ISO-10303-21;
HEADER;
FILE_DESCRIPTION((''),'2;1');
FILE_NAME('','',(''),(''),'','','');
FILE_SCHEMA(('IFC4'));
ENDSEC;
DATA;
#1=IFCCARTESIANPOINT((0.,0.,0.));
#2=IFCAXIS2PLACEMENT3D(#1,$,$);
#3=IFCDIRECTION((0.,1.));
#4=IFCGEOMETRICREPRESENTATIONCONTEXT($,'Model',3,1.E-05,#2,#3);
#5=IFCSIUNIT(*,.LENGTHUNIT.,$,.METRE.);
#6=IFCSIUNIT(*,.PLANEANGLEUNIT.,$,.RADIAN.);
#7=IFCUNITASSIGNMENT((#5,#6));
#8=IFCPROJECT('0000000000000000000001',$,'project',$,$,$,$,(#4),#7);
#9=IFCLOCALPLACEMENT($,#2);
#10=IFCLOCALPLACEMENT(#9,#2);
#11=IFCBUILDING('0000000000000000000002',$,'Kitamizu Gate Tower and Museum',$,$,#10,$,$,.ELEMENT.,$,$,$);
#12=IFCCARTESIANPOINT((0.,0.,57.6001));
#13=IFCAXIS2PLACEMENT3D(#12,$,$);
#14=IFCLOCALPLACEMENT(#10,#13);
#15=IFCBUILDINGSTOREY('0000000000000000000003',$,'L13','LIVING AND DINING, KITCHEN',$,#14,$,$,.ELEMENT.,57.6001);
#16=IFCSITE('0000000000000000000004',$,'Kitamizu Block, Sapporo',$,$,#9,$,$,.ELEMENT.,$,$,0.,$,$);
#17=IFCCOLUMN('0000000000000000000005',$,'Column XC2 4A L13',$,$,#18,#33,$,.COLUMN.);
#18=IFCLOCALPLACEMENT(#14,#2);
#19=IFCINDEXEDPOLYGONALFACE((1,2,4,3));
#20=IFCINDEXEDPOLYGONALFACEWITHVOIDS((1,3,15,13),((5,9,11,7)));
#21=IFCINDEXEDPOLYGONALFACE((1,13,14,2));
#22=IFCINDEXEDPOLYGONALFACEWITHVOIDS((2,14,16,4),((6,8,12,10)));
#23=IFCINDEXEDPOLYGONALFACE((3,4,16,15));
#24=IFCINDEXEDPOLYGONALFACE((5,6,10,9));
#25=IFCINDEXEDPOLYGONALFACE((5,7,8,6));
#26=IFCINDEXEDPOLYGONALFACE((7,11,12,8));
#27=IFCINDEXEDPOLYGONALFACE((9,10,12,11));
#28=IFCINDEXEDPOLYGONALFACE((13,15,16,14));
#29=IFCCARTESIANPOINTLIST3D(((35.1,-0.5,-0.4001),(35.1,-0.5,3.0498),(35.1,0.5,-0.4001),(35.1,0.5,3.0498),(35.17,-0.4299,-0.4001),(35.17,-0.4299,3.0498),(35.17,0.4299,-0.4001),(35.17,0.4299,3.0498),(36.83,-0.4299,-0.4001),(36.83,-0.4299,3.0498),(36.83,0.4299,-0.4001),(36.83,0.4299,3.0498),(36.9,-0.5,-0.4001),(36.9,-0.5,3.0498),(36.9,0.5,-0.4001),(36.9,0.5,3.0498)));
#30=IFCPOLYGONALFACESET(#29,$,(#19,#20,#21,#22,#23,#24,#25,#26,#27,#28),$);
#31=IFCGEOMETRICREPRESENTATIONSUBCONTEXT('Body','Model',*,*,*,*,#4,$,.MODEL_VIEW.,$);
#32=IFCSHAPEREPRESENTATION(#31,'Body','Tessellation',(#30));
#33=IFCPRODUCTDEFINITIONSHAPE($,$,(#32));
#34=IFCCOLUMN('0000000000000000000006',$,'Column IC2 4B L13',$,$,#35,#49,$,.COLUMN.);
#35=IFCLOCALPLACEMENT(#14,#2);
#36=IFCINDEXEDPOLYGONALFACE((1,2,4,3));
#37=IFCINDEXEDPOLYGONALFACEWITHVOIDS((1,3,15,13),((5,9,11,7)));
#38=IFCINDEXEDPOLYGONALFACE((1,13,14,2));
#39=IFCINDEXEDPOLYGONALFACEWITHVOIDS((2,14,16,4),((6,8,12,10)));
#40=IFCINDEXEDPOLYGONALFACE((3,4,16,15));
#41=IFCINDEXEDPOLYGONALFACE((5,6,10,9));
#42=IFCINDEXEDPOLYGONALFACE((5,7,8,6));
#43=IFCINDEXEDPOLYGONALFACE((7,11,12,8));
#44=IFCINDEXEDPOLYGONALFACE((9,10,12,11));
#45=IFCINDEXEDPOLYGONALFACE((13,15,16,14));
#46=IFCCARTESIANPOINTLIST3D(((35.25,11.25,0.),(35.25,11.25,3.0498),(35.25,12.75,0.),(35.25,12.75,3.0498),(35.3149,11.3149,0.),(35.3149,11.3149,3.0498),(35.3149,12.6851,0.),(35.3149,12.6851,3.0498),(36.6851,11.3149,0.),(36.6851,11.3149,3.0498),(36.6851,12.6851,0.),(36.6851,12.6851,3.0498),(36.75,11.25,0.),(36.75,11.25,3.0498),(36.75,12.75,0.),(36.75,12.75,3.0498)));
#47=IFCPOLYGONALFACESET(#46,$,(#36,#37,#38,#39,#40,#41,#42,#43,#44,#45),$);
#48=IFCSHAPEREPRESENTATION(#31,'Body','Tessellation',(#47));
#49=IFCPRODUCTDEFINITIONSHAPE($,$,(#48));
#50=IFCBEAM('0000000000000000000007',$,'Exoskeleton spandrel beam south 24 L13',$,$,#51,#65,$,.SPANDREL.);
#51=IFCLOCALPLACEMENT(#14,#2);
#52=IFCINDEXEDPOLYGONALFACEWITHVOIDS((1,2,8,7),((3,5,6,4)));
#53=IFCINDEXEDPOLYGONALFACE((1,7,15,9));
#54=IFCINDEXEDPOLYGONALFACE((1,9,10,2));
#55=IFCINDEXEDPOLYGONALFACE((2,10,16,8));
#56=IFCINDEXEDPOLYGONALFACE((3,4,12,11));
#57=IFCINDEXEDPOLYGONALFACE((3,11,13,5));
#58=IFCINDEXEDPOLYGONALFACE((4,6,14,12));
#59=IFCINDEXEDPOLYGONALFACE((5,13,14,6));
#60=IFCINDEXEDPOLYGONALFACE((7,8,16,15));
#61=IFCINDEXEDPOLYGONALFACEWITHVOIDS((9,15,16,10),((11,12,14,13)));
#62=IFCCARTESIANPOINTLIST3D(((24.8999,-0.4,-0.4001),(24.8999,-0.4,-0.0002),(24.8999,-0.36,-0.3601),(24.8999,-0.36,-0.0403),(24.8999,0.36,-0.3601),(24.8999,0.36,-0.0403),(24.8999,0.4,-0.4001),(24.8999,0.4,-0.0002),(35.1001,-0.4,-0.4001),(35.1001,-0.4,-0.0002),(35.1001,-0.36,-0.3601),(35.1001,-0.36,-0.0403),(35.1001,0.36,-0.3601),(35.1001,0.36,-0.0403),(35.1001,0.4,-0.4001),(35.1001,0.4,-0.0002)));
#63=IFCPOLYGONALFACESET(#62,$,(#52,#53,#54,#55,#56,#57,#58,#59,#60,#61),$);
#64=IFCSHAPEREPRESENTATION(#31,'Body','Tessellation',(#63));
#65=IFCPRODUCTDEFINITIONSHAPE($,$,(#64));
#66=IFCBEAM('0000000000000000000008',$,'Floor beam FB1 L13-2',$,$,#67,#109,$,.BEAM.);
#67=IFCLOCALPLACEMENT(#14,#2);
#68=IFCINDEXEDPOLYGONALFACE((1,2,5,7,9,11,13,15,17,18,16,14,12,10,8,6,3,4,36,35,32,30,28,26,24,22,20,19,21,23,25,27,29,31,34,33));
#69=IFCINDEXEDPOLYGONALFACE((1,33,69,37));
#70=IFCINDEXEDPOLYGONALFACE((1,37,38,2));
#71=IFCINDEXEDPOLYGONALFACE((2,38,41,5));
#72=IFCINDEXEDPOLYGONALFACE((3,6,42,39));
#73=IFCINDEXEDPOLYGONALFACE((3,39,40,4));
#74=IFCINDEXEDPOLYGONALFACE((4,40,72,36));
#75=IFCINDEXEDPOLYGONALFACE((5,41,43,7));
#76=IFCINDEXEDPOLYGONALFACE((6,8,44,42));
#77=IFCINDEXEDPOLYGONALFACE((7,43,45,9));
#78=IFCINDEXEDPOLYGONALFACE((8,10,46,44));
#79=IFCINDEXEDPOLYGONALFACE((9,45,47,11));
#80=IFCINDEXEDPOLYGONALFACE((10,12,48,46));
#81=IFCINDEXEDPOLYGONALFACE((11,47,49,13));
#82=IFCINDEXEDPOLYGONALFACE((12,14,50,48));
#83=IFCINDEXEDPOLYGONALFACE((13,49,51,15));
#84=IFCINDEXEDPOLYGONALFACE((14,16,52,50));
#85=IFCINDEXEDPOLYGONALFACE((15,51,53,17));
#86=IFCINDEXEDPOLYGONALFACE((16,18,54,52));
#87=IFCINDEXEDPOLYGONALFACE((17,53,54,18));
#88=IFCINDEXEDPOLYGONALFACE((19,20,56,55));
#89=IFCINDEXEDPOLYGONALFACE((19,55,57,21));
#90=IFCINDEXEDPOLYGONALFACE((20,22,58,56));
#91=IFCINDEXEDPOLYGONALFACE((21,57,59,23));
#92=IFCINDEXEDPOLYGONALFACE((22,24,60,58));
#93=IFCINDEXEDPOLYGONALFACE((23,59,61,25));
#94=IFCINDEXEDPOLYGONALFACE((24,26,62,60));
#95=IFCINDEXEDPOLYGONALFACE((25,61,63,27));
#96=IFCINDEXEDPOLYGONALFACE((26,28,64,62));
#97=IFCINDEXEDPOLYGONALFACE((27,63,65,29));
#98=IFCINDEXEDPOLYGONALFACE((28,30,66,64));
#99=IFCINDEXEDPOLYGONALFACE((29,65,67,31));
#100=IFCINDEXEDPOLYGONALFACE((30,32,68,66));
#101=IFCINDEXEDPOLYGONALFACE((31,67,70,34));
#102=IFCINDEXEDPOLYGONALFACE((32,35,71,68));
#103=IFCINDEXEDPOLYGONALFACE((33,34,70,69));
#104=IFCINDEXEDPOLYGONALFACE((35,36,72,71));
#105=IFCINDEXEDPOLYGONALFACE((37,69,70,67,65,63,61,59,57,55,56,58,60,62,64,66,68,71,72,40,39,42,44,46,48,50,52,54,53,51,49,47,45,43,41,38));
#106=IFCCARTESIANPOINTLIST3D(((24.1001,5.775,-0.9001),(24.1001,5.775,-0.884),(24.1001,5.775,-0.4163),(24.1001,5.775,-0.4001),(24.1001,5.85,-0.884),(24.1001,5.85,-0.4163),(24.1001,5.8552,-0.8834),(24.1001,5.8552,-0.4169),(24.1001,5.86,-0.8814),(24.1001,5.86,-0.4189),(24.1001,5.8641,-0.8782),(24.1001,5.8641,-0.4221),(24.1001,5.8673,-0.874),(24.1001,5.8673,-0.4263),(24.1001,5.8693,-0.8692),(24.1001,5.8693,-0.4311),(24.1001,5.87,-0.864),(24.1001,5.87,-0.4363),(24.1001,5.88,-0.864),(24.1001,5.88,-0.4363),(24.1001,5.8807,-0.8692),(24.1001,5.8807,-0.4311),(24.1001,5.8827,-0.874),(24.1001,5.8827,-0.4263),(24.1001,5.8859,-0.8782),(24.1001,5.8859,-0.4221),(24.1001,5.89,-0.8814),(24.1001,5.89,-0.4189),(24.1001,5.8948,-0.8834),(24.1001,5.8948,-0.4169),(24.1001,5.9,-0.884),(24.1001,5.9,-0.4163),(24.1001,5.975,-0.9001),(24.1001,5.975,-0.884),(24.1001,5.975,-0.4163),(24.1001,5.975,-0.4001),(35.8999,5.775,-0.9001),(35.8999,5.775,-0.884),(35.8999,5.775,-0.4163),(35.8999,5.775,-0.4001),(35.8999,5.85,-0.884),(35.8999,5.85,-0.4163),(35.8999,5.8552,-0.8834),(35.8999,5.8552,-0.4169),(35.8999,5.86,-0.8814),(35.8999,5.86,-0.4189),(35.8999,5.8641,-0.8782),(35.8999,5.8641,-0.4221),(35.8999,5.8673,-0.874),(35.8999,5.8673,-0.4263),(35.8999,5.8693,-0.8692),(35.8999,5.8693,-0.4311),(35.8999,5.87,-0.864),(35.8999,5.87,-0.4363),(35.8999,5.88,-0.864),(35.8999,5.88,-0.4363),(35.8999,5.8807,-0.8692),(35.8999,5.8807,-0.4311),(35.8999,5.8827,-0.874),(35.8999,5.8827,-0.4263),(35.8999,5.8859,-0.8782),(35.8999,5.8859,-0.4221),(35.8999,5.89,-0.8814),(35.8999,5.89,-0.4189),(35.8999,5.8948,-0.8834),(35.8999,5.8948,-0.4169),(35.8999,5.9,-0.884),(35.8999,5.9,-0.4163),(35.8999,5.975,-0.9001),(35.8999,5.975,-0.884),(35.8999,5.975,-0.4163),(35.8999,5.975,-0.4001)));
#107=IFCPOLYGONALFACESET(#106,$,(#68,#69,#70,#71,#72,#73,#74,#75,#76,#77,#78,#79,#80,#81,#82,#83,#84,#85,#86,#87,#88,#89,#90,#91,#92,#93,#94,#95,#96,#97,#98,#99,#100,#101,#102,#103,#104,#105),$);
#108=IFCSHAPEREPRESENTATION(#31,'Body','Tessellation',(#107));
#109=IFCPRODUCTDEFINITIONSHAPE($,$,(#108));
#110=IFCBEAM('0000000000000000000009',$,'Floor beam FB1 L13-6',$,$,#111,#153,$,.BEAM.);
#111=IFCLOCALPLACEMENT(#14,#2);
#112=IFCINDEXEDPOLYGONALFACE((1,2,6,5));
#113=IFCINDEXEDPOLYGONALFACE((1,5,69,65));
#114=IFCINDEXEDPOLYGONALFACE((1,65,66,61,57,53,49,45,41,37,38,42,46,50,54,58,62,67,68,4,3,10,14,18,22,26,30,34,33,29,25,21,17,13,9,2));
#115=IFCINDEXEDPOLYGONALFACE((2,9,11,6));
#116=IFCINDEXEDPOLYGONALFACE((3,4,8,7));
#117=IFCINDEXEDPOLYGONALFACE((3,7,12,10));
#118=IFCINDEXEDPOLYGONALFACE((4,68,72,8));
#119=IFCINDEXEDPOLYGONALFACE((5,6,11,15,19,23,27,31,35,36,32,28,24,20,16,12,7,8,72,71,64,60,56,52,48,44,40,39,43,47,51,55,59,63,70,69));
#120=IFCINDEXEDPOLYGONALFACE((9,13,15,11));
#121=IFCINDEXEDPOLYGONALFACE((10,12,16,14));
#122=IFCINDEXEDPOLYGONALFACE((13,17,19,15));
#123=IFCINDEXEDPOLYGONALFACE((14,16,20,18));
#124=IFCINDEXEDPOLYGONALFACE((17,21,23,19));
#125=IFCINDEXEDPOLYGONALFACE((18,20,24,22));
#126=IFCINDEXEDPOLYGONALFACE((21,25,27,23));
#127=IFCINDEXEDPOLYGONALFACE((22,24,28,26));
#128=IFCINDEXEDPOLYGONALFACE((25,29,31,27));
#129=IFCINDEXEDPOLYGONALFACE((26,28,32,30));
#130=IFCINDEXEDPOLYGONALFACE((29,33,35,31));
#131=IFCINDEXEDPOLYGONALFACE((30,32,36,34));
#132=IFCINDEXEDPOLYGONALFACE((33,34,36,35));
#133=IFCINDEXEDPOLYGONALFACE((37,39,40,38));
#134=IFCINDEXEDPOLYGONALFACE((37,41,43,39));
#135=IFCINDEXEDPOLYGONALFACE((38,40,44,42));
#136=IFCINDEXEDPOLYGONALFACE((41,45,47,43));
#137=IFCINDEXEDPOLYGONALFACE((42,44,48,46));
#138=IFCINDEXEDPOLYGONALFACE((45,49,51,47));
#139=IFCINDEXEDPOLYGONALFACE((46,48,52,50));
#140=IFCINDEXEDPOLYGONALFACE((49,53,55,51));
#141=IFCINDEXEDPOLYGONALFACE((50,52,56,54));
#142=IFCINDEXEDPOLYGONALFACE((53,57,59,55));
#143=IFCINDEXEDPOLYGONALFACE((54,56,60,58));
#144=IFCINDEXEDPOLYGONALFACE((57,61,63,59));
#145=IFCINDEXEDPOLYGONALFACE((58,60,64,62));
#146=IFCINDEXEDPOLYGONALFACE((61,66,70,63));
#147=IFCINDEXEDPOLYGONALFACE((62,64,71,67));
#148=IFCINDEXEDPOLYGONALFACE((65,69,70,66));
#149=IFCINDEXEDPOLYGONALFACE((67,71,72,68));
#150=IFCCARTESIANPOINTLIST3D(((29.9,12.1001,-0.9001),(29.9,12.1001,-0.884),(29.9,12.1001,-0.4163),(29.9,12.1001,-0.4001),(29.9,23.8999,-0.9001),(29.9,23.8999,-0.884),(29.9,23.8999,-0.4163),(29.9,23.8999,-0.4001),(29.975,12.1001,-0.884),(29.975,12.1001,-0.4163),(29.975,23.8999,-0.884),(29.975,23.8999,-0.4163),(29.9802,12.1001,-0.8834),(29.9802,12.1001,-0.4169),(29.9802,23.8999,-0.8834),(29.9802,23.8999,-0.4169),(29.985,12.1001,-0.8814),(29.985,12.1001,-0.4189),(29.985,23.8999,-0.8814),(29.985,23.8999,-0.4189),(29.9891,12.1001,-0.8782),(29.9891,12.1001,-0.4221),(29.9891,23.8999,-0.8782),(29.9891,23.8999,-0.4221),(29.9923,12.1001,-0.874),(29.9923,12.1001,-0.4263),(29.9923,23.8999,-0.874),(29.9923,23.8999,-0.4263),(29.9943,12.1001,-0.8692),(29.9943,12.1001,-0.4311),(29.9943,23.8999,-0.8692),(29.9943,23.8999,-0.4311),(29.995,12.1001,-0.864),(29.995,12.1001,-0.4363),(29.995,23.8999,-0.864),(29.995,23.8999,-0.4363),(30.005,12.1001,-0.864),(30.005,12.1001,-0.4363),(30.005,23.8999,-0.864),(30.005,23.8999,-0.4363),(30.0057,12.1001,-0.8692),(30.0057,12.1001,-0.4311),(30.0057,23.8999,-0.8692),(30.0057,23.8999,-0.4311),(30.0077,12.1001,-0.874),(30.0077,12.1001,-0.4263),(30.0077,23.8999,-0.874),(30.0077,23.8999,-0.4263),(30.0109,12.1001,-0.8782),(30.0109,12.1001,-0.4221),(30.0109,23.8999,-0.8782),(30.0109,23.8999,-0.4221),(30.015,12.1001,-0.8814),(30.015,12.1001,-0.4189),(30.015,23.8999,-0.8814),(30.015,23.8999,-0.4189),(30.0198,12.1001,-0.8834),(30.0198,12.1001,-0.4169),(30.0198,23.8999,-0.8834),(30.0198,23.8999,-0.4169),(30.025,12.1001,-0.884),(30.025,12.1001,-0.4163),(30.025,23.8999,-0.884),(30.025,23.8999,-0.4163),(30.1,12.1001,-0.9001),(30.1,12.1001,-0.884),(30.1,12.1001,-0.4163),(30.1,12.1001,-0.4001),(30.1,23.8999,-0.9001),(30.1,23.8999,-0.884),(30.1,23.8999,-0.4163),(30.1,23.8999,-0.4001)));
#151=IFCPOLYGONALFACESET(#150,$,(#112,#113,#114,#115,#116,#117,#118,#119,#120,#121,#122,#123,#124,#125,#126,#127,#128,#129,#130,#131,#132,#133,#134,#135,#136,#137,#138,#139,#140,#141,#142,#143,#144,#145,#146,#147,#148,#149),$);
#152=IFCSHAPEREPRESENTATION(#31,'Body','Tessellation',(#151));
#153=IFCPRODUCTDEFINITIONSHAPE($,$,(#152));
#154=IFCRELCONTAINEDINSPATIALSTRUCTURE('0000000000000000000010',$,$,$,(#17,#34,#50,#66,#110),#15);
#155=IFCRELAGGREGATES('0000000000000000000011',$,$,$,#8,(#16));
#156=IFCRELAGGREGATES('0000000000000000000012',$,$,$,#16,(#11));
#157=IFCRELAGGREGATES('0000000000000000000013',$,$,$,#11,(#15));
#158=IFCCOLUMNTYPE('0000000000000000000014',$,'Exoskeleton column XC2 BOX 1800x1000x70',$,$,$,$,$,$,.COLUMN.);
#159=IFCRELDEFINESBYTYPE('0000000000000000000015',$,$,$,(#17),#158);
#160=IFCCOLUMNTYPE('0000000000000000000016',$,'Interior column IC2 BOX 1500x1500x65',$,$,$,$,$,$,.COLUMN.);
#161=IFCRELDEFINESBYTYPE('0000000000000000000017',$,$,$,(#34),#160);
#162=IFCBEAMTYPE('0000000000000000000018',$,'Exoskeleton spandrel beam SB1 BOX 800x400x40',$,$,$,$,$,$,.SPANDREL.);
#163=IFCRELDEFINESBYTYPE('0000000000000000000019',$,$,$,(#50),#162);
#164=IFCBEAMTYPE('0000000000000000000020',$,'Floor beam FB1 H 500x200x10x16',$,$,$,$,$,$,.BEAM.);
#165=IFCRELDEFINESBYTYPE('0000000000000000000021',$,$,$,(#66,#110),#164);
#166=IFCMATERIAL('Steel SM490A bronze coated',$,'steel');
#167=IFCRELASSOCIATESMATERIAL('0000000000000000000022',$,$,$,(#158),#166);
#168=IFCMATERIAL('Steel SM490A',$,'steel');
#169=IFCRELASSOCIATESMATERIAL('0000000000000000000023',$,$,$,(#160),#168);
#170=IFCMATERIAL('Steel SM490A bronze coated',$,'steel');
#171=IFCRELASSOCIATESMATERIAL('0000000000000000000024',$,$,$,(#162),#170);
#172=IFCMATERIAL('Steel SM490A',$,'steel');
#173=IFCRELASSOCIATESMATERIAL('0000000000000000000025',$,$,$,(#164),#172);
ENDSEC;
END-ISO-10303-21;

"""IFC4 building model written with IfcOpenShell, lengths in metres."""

from ifc_helpers import new_model, si_unit, direction, frame, origin, origin_2d, place, context, subcontext, project, spatial, hollow_rectangle, i_section, extrude, material, material_profile, profile_set, type_object, element, save


model = new_model("IFC4")

# Units and contexts
model_context = context("Model", 3, precision=1e-05, world=origin(), true_north=direction((0.0, 1.0)))
body_context = subcontext(model_context, "Body", "Model", "MODEL_VIEW")
ifc_project = project(units=[si_unit("LENGTHUNIT", "METRE"), si_unit("PLANEANGLEUNIT", "RADIAN")], contexts=[model_context])

# Site, building, storey
site_placement = place(None, origin())
site = spatial("IfcSite", under=ifc_project, at=site_placement, Name="Kitamizu Block, Sapporo", CompositionType="ELEMENT", RefElevation=0.0)
building_placement = place(site_placement, origin())
building = spatial("IfcBuilding", under=site, at=building_placement, Name="Kitamizu Gate Tower and Museum", CompositionType="ELEMENT")
storey_placement = place(building_placement, frame((0.0, 0.0, 57.6001)))
storey = spatial("IfcBuildingStorey", under=building, at=storey_placement, Name="L13", Description="LIVING AND DINING, KITCHEN", CompositionType="ELEMENT", Elevation=57.6001)

# Columns
ifc_material_1 = material(Name="Steel SM490A bronze coated", Category="steel")
ifc_material_profile_1 = material_profile(ifc_material_1, hollow_rectangle(XDim=1.8, YDim=1.0, WallThickness=0.0701, at=origin_2d()), Name="BOX 1800x1000x70")
ifc_profile_set_1 = profile_set([ifc_material_profile_1], Name="Steel SM490A bronze coated")
column_type_1 = type_object("IfcColumnType", Name="Exoskeleton column XC2 BOX 1800x1000x70", PredefinedType="COLUMN", material=ifc_profile_set_1)
column_1_placement = place(storey_placement, frame((36.0, 0.0, -0.4001), z_axis=(0.0, 0.0, 1.0), x_axis=(1.0, 0.0, 0.0)))
element("IfcColumn", 1, at=column_1_placement, inside=storey, type_object=column_type_1, Name="Column XC2 4A L13", PredefinedType="COLUMN", context=body_context, shape_type="SweptSolid", body=[
    extrude(hollow_rectangle(XDim=1.8, YDim=1.0, WallThickness=0.0701, at=origin_2d()), origin(), (0.0, 0.0, 1.0), 3.45),
])
ifc_material_2 = material(Name="Steel SM490A", Category="steel")
ifc_material_profile_2 = material_profile(ifc_material_2, hollow_rectangle(XDim=1.5, YDim=1.5, WallThickness=0.0649, at=origin_2d()), Name="BOX 1500x1500x65")
ifc_profile_set_2 = profile_set([ifc_material_profile_2], Name="Steel SM490A")
column_type_2 = type_object("IfcColumnType", Name="Interior column IC2 BOX 1500x1500x65", PredefinedType="COLUMN", material=ifc_profile_set_2)
column_2_placement = place(storey_placement, frame((36.0, 12.0, 0.0), z_axis=(0.0, 0.0, 1.0), x_axis=(1.0, 0.0, 0.0)))
element("IfcColumn", 2, at=column_2_placement, inside=storey, type_object=column_type_2, Name="Column IC2 4B L13", PredefinedType="COLUMN", context=body_context, shape_type="SweptSolid", body=[
    extrude(hollow_rectangle(XDim=1.5, YDim=1.5, WallThickness=0.0649, at=origin_2d()), origin(), (0.0, 0.0, 1.0), 3.0498),
])

# Beams
ifc_material_3 = material(Name="Steel SM490A bronze coated", Category="steel")
ifc_material_profile_3 = material_profile(ifc_material_3, hollow_rectangle(XDim=0.8, YDim=0.3999, WallThickness=0.04, at=origin_2d()), Name="BOX 800x400x40")
ifc_profile_set_3 = profile_set([ifc_material_profile_3], Name="Steel SM490A bronze coated")
beam_type_1 = type_object("IfcBeamType", Name="Exoskeleton spandrel beam SB1 BOX 800x400x40", PredefinedType="SPANDREL", material=ifc_profile_set_3)
beam_1_placement = place(storey_placement, frame((24.8999, 0.0, -0.2002), z_axis=(1.0, 0.0, 0.0), x_axis=(0.0, 1.0, 0.0)))
element("IfcBeam", 3, at=beam_1_placement, inside=storey, type_object=beam_type_1, Name="Exoskeleton spandrel beam south 24 L13", PredefinedType="SPANDREL", context=body_context, shape_type="SweptSolid", body=[
    extrude(hollow_rectangle(XDim=0.8, YDim=0.3999, WallThickness=0.04, at=origin_2d()), origin(), (0.0, 0.0, 1.0), 10.2002),
])
ifc_material_4 = material(Name="Steel SM490A", Category="steel")
ifc_material_profile_4 = material_profile(ifc_material_4, i_section(OverallWidth=0.2, OverallDepth=0.5, WebThickness=0.01, FlangeThickness=0.0161, FilletRadius=0.02, at=origin_2d()), Name="H-500x200x10x16")
ifc_profile_set_4 = profile_set([ifc_material_profile_4], Name="Steel SM490A")
beam_type_2 = type_object("IfcBeamType", Name="Floor beam FB1 H 500x200x10x16", PredefinedType="BEAM", material=ifc_profile_set_4)
for number, where, z_axis, x_axis, name in (
    (4, (24.1001, 5.875, -0.6501), (1.0, 0.0, 0.0), (0.0, 1.0, 0.0), "Floor beam FB1 L13-2"),
    (5, (30.0, 12.1001, -0.6501), (0.0, 1.0, 0.0), (-1.0, 0.0, 0.0), "Floor beam FB1 L13-6"),
):
    element("IfcBeam", number, at=place(storey_placement, frame(where, z_axis=z_axis, x_axis=x_axis)), inside=storey, type_object=beam_type_2, Name=name, PredefinedType="BEAM", context=body_context, shape_type="SweptSolid", body=[
        extrude(i_section(OverallWidth=0.2, OverallDepth=0.5, WebThickness=0.01, FlangeThickness=0.0161, FilletRadius=0.02, at=origin_2d()), origin(), (0.0, 0.0, 1.0), 11.7998),
    ])

save(model, "model.ifc")
